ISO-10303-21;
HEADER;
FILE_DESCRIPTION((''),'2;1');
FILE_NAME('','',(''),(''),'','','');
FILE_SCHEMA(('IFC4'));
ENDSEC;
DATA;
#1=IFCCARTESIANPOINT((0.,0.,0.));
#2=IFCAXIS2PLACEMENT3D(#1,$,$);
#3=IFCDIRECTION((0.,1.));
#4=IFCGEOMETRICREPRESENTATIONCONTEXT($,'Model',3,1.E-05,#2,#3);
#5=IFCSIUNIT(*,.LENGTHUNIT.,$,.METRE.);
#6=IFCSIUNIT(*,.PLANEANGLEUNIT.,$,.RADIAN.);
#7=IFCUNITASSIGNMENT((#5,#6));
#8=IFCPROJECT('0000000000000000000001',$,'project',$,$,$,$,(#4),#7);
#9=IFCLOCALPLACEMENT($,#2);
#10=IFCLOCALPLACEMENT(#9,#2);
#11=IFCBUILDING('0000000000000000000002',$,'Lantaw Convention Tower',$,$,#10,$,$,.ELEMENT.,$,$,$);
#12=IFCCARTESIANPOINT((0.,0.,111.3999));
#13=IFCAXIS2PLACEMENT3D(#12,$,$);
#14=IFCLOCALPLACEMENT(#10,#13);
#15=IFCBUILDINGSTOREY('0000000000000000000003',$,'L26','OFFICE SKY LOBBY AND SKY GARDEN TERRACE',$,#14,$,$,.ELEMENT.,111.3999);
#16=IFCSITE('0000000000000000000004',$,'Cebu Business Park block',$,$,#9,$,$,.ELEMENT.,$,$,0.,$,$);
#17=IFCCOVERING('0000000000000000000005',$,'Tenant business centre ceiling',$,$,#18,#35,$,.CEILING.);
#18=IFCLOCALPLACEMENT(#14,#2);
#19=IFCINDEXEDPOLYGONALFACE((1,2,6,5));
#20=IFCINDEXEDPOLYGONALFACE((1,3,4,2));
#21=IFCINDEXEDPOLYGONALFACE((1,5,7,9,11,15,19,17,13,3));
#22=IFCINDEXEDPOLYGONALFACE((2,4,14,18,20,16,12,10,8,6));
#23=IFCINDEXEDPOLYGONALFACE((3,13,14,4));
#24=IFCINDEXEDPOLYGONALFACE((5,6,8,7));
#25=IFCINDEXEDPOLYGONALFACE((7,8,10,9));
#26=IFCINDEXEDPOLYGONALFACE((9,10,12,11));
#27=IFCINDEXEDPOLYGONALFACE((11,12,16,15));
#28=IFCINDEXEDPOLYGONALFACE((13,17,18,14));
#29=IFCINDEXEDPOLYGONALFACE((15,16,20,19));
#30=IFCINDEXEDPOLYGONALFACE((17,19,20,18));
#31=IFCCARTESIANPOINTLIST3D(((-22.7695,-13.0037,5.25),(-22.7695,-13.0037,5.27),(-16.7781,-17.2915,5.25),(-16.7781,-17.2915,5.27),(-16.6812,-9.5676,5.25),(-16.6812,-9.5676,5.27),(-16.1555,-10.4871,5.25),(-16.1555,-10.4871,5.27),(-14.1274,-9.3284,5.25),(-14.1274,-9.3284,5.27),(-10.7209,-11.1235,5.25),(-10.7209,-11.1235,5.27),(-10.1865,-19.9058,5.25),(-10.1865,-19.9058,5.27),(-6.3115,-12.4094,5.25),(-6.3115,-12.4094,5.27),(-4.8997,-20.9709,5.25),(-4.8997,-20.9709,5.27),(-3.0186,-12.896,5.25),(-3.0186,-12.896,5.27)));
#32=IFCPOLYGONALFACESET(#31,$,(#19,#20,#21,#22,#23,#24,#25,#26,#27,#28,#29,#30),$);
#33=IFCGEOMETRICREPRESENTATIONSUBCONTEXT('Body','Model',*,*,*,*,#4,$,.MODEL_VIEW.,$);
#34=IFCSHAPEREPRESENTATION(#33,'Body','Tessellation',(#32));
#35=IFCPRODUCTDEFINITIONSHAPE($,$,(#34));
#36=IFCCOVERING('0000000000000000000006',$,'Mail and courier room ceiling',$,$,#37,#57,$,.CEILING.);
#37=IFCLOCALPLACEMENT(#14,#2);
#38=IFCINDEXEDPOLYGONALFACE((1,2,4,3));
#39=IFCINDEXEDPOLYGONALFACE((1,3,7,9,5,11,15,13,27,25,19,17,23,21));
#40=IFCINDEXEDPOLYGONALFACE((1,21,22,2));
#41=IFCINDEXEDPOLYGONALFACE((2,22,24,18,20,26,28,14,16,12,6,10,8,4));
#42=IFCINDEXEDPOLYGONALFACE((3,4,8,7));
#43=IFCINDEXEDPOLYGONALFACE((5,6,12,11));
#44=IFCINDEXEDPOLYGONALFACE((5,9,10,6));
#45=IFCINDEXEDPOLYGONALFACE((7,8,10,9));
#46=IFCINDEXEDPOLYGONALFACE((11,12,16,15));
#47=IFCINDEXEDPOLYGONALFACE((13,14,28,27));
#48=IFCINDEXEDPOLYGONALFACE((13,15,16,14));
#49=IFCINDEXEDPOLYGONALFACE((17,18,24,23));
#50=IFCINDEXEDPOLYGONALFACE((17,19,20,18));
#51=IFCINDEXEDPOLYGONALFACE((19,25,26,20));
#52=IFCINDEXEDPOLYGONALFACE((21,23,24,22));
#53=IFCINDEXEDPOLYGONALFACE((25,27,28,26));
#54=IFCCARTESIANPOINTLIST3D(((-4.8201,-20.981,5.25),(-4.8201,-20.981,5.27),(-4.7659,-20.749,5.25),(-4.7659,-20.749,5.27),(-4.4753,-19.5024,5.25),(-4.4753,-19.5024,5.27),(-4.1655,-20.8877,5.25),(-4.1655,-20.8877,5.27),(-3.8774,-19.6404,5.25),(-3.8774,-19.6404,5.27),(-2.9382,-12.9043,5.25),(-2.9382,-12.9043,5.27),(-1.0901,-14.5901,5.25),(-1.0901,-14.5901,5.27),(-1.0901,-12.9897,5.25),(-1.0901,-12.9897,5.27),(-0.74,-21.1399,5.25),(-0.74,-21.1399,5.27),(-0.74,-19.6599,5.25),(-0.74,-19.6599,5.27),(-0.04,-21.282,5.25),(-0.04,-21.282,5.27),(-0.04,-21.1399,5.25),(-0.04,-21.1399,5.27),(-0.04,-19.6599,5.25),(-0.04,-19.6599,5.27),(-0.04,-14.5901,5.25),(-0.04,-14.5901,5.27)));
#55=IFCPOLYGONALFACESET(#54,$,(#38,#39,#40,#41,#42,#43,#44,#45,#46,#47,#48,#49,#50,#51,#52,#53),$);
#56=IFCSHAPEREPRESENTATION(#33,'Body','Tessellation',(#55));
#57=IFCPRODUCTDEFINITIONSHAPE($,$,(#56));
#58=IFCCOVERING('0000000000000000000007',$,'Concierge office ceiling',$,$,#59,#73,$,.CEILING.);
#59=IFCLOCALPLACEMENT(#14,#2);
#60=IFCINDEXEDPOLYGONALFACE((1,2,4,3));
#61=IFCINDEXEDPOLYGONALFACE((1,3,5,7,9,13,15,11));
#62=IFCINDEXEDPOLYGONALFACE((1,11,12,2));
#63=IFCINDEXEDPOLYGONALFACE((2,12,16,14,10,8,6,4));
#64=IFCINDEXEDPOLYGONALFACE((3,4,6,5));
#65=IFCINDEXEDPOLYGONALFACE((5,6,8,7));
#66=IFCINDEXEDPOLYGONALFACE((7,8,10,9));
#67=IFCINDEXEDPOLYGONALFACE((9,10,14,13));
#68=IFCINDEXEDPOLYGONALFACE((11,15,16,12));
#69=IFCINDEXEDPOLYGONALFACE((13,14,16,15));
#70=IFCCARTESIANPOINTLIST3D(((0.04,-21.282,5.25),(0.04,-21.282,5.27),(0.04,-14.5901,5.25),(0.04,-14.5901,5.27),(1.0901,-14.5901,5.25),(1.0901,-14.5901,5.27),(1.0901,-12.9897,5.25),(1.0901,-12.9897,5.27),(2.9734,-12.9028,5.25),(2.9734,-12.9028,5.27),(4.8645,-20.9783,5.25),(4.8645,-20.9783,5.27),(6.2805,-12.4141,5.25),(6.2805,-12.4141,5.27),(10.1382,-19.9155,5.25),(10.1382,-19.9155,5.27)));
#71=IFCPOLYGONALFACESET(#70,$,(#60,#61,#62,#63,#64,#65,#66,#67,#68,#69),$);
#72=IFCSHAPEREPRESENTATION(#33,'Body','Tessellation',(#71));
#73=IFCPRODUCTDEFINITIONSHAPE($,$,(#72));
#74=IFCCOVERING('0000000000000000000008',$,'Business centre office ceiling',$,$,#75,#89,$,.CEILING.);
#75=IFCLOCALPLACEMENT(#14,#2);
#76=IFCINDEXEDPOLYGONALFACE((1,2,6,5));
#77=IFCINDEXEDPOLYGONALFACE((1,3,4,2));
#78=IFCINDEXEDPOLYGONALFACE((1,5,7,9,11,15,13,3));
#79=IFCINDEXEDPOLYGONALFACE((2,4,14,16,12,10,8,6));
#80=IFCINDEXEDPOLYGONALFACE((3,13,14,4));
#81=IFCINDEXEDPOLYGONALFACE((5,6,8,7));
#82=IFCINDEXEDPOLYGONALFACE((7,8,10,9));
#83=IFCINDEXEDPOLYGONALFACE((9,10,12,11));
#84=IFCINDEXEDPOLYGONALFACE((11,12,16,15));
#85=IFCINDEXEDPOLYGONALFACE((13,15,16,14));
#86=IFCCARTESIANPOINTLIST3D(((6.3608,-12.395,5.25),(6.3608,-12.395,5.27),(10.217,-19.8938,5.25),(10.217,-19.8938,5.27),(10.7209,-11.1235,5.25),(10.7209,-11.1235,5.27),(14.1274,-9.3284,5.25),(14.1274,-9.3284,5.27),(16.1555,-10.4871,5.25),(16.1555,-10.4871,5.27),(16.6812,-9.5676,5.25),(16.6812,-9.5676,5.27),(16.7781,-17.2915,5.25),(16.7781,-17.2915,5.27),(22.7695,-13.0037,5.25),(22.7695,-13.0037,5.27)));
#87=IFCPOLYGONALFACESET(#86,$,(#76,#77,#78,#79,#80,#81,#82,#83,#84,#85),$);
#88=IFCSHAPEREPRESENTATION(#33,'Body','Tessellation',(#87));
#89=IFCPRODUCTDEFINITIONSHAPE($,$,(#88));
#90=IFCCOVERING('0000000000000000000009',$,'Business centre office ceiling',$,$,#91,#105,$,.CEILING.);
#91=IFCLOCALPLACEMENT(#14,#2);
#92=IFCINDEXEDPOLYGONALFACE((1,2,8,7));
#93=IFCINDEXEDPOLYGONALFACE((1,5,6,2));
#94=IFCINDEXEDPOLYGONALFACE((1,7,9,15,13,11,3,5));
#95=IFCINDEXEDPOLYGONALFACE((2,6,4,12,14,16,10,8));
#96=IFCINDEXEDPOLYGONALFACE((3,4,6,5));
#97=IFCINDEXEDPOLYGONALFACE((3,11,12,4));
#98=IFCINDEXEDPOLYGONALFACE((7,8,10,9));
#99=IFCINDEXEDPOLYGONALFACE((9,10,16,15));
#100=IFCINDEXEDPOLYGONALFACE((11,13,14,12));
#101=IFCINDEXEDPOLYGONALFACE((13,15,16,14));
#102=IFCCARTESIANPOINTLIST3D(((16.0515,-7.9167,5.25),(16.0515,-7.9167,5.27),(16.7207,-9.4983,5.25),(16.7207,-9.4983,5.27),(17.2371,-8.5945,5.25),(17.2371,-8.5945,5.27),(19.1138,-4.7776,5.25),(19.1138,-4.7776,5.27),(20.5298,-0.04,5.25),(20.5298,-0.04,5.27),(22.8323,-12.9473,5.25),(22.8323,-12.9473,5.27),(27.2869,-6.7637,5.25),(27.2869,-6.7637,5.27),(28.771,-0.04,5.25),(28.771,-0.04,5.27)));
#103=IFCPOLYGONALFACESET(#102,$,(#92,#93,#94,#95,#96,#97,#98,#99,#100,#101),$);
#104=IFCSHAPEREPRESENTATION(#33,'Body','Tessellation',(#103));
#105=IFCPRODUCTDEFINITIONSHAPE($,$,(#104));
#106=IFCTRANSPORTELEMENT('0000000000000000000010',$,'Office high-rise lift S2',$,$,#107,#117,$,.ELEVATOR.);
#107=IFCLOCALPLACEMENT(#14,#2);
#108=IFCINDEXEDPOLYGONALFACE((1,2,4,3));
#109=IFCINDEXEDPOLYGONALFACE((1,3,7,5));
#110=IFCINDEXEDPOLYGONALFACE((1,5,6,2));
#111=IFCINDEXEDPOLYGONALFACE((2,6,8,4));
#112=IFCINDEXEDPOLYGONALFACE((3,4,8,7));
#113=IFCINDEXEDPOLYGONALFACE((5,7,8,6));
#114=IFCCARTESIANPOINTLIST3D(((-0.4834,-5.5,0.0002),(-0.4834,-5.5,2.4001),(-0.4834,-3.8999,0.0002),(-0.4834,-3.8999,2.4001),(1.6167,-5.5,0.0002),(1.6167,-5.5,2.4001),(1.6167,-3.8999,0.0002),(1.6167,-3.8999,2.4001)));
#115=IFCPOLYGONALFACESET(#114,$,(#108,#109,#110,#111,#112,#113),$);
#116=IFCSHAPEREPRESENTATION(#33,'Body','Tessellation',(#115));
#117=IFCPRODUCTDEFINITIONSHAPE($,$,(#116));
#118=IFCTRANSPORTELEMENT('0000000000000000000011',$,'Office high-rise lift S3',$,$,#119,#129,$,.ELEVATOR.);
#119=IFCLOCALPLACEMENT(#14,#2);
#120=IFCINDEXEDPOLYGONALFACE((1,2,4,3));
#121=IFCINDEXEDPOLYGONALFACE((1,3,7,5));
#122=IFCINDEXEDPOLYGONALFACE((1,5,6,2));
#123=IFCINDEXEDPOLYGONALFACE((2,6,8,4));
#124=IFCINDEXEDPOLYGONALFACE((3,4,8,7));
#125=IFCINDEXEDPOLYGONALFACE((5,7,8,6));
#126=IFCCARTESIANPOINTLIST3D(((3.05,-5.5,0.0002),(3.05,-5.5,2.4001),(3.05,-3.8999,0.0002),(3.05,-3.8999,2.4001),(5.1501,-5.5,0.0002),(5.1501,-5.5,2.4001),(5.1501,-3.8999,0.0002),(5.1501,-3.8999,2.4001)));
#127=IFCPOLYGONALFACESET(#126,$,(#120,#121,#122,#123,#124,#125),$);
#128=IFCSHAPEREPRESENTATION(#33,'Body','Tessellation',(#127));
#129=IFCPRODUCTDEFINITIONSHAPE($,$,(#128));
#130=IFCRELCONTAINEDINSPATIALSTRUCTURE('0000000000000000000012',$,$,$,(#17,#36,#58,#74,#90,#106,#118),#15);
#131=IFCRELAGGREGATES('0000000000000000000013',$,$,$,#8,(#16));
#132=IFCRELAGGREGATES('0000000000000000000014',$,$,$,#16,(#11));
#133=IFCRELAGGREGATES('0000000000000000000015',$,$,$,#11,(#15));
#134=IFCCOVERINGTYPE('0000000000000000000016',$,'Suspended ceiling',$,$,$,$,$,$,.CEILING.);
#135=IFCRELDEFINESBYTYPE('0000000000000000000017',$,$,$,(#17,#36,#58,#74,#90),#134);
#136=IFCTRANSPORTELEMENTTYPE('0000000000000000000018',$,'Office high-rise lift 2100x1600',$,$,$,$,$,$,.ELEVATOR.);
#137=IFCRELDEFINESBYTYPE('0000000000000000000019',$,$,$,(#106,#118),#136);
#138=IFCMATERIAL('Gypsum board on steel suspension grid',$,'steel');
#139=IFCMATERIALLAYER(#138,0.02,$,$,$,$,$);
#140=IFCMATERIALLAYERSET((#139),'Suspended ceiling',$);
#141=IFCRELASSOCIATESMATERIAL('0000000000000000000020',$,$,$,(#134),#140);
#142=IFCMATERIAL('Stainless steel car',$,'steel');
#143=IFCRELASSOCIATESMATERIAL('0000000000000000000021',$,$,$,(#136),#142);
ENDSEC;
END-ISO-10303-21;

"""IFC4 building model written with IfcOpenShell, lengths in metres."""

from ifc_helpers import new_model, si_unit, direction, frame, origin, origin_2d, place, context, subcontext, project, spatial, polyline, rectangle, outline, extrude, material, layer, layer_set, type_object, element, save


model = new_model("IFC4")

# Units and contexts
model_context = context("Model", 3, precision=1e-05, world=origin(), true_north=direction((0.0, 1.0)))
body_context = subcontext(model_context, "Body", "Model", "MODEL_VIEW")
ifc_project = project(units=[si_unit("LENGTHUNIT", "METRE"), si_unit("PLANEANGLEUNIT", "RADIAN")], contexts=[model_context])

# Site, building, storey
site_placement = place(None, origin())
site = spatial("IfcSite", under=ifc_project, at=site_placement, Name="Cebu Business Park block", CompositionType="ELEMENT", RefElevation=0.0)
building_placement = place(site_placement, origin())
building = spatial("IfcBuilding", under=site, at=building_placement, Name="Lantaw Convention Tower", CompositionType="ELEMENT")
storey_placement = place(building_placement, frame((0.0, 0.0, 111.3999)))
storey = spatial("IfcBuildingStorey", under=building, at=storey_placement, Name="L26", Description="OFFICE SKY LOBBY AND SKY GARDEN TERRACE", CompositionType="ELEMENT", Elevation=111.3999)

# Coverings
ifc_material_1 = material(Name="Gypsum board on steel suspension grid", Category="steel")
ifc_layer_1 = layer(ifc_material_1, 0.02)
ifc_layer_set_1 = layer_set([ifc_layer_1], Name="Suspended ceiling")
covering_type = type_object("IfcCoveringType", Name="Suspended ceiling", PredefinedType="CEILING", material=ifc_layer_set_1)
covering_1_placement = place(storey_placement, frame((0.0, 0.0, 5.25)))
element("IfcCovering", 1, at=covering_1_placement, inside=storey, type_object=covering_type, Name="Tenant business centre ceiling", PredefinedType="CEILING", context=body_context, shape_type="SweptSolid", body=[
    extrude(outline(polyline([(-10.7209, -11.1235), (-14.1274, -9.3284), (-16.1555, -10.4871), (-16.6812, -9.5676), (-22.7695, -13.0037), (-16.7781, -17.2915), (-10.1865, -19.9058), (-4.8997, -20.9709), (-3.0186, -12.896), (-6.3115, -12.4094), (-10.7209, -11.1235)])), origin(), (0.0, 0.0, 1.0), 0.02),
])
covering_2_placement = place(storey_placement, frame((0.0, 0.0, 5.25)))
element("IfcCovering", 2, at=covering_2_placement, inside=storey, type_object=covering_type, Name="Mail and courier room ceiling", PredefinedType="CEILING", context=body_context, shape_type="SweptSolid", body=[
    extrude(outline(polyline([(-1.0901, -14.5901), (-1.0901, -12.9897), (-2.9382, -12.9043), (-4.4753, -19.5024), (-3.8774, -19.6404), (-4.1655, -20.8877), (-4.7659, -20.749), (-4.8201, -20.981), (-0.04, -21.282), (-0.04, -21.1399), (-0.74, -21.1399), (-0.74, -19.6599), (-0.04, -19.6599), (-0.04, -14.5901), (-1.0901, -14.5901)])), origin(), (0.0, 0.0, 1.0), 0.02),
])
covering_3_placement = place(storey_placement, frame((0.0, 0.0, 5.25)))
element("IfcCovering", 3, at=covering_3_placement, inside=storey, type_object=covering_type, Name="Concierge office ceiling", PredefinedType="CEILING", context=body_context, shape_type="SweptSolid", body=[
    extrude(outline(polyline([(2.9734, -12.9028), (1.0901, -12.9897), (1.0901, -14.5901), (0.04, -14.5901), (0.04, -21.282), (4.8645, -20.9783), (10.1382, -19.9155), (6.2805, -12.4141), (2.9734, -12.9028)])), origin(), (0.0, 0.0, 1.0), 0.02),
])
covering_4_placement = place(storey_placement, frame((0.0, 0.0, 5.25)))
element("IfcCovering", 4, at=covering_4_placement, inside=storey, type_object=covering_type, Name="Business centre office ceiling", PredefinedType="CEILING", context=body_context, shape_type="SweptSolid", body=[
    extrude(outline(polyline([(10.7209, -11.1235), (6.3608, -12.395), (10.217, -19.8938), (16.7781, -17.2915), (22.7695, -13.0037), (16.6812, -9.5676), (16.1555, -10.4871), (14.1274, -9.3284), (10.7209, -11.1235)])), origin(), (0.0, 0.0, 1.0), 0.02),
])
covering_5_placement = place(storey_placement, frame((0.0, 0.0, 5.25)))
element("IfcCovering", 5, at=covering_5_placement, inside=storey, type_object=covering_type, Name="Business centre office ceiling", PredefinedType="CEILING", context=body_context, shape_type="SweptSolid", body=[
    extrude(outline(polyline([(19.1138, -4.7776), (16.0515, -7.9167), (17.2371, -8.5945), (16.7207, -9.4983), (22.8323, -12.9473), (27.2869, -6.7637), (28.771, -0.04), (20.5298, -0.04), (19.1138, -4.7776)])), origin(), (0.0, 0.0, 1.0), 0.02),
])

# Transport elements
ifc_material_2 = material(Name="Stainless steel car", Category="steel")
transport_element_type = type_object("IfcTransportElementType", Name="Office high-rise lift 2100x1600", PredefinedType="ELEVATOR", material=ifc_material_2)
for number, where, z_axis, x_axis, name in (
    (6, (0.5667, -4.7, 0.0002), (0.0, 0.0, 1.0), (1.0, 0.0, 0.0), "Office high-rise lift S2"),
    (7, (4.1001, -4.7, 0.0002), (0.0, 0.0, 1.0), (1.0, 0.0, 0.0), "Office high-rise lift S3"),
):
    element("IfcTransportElement", number, at=place(storey_placement, frame(where, z_axis=z_axis, x_axis=x_axis)), inside=storey, type_object=transport_element_type, Name=name, PredefinedType="ELEVATOR", context=body_context, shape_type="SweptSolid", body=[
        extrude(rectangle(XDim=2.1001, YDim=1.6001, at=origin_2d()), origin(), (0.0, 0.0, 1.0), 2.3999),
    ])

save(model, "model.ifc")
